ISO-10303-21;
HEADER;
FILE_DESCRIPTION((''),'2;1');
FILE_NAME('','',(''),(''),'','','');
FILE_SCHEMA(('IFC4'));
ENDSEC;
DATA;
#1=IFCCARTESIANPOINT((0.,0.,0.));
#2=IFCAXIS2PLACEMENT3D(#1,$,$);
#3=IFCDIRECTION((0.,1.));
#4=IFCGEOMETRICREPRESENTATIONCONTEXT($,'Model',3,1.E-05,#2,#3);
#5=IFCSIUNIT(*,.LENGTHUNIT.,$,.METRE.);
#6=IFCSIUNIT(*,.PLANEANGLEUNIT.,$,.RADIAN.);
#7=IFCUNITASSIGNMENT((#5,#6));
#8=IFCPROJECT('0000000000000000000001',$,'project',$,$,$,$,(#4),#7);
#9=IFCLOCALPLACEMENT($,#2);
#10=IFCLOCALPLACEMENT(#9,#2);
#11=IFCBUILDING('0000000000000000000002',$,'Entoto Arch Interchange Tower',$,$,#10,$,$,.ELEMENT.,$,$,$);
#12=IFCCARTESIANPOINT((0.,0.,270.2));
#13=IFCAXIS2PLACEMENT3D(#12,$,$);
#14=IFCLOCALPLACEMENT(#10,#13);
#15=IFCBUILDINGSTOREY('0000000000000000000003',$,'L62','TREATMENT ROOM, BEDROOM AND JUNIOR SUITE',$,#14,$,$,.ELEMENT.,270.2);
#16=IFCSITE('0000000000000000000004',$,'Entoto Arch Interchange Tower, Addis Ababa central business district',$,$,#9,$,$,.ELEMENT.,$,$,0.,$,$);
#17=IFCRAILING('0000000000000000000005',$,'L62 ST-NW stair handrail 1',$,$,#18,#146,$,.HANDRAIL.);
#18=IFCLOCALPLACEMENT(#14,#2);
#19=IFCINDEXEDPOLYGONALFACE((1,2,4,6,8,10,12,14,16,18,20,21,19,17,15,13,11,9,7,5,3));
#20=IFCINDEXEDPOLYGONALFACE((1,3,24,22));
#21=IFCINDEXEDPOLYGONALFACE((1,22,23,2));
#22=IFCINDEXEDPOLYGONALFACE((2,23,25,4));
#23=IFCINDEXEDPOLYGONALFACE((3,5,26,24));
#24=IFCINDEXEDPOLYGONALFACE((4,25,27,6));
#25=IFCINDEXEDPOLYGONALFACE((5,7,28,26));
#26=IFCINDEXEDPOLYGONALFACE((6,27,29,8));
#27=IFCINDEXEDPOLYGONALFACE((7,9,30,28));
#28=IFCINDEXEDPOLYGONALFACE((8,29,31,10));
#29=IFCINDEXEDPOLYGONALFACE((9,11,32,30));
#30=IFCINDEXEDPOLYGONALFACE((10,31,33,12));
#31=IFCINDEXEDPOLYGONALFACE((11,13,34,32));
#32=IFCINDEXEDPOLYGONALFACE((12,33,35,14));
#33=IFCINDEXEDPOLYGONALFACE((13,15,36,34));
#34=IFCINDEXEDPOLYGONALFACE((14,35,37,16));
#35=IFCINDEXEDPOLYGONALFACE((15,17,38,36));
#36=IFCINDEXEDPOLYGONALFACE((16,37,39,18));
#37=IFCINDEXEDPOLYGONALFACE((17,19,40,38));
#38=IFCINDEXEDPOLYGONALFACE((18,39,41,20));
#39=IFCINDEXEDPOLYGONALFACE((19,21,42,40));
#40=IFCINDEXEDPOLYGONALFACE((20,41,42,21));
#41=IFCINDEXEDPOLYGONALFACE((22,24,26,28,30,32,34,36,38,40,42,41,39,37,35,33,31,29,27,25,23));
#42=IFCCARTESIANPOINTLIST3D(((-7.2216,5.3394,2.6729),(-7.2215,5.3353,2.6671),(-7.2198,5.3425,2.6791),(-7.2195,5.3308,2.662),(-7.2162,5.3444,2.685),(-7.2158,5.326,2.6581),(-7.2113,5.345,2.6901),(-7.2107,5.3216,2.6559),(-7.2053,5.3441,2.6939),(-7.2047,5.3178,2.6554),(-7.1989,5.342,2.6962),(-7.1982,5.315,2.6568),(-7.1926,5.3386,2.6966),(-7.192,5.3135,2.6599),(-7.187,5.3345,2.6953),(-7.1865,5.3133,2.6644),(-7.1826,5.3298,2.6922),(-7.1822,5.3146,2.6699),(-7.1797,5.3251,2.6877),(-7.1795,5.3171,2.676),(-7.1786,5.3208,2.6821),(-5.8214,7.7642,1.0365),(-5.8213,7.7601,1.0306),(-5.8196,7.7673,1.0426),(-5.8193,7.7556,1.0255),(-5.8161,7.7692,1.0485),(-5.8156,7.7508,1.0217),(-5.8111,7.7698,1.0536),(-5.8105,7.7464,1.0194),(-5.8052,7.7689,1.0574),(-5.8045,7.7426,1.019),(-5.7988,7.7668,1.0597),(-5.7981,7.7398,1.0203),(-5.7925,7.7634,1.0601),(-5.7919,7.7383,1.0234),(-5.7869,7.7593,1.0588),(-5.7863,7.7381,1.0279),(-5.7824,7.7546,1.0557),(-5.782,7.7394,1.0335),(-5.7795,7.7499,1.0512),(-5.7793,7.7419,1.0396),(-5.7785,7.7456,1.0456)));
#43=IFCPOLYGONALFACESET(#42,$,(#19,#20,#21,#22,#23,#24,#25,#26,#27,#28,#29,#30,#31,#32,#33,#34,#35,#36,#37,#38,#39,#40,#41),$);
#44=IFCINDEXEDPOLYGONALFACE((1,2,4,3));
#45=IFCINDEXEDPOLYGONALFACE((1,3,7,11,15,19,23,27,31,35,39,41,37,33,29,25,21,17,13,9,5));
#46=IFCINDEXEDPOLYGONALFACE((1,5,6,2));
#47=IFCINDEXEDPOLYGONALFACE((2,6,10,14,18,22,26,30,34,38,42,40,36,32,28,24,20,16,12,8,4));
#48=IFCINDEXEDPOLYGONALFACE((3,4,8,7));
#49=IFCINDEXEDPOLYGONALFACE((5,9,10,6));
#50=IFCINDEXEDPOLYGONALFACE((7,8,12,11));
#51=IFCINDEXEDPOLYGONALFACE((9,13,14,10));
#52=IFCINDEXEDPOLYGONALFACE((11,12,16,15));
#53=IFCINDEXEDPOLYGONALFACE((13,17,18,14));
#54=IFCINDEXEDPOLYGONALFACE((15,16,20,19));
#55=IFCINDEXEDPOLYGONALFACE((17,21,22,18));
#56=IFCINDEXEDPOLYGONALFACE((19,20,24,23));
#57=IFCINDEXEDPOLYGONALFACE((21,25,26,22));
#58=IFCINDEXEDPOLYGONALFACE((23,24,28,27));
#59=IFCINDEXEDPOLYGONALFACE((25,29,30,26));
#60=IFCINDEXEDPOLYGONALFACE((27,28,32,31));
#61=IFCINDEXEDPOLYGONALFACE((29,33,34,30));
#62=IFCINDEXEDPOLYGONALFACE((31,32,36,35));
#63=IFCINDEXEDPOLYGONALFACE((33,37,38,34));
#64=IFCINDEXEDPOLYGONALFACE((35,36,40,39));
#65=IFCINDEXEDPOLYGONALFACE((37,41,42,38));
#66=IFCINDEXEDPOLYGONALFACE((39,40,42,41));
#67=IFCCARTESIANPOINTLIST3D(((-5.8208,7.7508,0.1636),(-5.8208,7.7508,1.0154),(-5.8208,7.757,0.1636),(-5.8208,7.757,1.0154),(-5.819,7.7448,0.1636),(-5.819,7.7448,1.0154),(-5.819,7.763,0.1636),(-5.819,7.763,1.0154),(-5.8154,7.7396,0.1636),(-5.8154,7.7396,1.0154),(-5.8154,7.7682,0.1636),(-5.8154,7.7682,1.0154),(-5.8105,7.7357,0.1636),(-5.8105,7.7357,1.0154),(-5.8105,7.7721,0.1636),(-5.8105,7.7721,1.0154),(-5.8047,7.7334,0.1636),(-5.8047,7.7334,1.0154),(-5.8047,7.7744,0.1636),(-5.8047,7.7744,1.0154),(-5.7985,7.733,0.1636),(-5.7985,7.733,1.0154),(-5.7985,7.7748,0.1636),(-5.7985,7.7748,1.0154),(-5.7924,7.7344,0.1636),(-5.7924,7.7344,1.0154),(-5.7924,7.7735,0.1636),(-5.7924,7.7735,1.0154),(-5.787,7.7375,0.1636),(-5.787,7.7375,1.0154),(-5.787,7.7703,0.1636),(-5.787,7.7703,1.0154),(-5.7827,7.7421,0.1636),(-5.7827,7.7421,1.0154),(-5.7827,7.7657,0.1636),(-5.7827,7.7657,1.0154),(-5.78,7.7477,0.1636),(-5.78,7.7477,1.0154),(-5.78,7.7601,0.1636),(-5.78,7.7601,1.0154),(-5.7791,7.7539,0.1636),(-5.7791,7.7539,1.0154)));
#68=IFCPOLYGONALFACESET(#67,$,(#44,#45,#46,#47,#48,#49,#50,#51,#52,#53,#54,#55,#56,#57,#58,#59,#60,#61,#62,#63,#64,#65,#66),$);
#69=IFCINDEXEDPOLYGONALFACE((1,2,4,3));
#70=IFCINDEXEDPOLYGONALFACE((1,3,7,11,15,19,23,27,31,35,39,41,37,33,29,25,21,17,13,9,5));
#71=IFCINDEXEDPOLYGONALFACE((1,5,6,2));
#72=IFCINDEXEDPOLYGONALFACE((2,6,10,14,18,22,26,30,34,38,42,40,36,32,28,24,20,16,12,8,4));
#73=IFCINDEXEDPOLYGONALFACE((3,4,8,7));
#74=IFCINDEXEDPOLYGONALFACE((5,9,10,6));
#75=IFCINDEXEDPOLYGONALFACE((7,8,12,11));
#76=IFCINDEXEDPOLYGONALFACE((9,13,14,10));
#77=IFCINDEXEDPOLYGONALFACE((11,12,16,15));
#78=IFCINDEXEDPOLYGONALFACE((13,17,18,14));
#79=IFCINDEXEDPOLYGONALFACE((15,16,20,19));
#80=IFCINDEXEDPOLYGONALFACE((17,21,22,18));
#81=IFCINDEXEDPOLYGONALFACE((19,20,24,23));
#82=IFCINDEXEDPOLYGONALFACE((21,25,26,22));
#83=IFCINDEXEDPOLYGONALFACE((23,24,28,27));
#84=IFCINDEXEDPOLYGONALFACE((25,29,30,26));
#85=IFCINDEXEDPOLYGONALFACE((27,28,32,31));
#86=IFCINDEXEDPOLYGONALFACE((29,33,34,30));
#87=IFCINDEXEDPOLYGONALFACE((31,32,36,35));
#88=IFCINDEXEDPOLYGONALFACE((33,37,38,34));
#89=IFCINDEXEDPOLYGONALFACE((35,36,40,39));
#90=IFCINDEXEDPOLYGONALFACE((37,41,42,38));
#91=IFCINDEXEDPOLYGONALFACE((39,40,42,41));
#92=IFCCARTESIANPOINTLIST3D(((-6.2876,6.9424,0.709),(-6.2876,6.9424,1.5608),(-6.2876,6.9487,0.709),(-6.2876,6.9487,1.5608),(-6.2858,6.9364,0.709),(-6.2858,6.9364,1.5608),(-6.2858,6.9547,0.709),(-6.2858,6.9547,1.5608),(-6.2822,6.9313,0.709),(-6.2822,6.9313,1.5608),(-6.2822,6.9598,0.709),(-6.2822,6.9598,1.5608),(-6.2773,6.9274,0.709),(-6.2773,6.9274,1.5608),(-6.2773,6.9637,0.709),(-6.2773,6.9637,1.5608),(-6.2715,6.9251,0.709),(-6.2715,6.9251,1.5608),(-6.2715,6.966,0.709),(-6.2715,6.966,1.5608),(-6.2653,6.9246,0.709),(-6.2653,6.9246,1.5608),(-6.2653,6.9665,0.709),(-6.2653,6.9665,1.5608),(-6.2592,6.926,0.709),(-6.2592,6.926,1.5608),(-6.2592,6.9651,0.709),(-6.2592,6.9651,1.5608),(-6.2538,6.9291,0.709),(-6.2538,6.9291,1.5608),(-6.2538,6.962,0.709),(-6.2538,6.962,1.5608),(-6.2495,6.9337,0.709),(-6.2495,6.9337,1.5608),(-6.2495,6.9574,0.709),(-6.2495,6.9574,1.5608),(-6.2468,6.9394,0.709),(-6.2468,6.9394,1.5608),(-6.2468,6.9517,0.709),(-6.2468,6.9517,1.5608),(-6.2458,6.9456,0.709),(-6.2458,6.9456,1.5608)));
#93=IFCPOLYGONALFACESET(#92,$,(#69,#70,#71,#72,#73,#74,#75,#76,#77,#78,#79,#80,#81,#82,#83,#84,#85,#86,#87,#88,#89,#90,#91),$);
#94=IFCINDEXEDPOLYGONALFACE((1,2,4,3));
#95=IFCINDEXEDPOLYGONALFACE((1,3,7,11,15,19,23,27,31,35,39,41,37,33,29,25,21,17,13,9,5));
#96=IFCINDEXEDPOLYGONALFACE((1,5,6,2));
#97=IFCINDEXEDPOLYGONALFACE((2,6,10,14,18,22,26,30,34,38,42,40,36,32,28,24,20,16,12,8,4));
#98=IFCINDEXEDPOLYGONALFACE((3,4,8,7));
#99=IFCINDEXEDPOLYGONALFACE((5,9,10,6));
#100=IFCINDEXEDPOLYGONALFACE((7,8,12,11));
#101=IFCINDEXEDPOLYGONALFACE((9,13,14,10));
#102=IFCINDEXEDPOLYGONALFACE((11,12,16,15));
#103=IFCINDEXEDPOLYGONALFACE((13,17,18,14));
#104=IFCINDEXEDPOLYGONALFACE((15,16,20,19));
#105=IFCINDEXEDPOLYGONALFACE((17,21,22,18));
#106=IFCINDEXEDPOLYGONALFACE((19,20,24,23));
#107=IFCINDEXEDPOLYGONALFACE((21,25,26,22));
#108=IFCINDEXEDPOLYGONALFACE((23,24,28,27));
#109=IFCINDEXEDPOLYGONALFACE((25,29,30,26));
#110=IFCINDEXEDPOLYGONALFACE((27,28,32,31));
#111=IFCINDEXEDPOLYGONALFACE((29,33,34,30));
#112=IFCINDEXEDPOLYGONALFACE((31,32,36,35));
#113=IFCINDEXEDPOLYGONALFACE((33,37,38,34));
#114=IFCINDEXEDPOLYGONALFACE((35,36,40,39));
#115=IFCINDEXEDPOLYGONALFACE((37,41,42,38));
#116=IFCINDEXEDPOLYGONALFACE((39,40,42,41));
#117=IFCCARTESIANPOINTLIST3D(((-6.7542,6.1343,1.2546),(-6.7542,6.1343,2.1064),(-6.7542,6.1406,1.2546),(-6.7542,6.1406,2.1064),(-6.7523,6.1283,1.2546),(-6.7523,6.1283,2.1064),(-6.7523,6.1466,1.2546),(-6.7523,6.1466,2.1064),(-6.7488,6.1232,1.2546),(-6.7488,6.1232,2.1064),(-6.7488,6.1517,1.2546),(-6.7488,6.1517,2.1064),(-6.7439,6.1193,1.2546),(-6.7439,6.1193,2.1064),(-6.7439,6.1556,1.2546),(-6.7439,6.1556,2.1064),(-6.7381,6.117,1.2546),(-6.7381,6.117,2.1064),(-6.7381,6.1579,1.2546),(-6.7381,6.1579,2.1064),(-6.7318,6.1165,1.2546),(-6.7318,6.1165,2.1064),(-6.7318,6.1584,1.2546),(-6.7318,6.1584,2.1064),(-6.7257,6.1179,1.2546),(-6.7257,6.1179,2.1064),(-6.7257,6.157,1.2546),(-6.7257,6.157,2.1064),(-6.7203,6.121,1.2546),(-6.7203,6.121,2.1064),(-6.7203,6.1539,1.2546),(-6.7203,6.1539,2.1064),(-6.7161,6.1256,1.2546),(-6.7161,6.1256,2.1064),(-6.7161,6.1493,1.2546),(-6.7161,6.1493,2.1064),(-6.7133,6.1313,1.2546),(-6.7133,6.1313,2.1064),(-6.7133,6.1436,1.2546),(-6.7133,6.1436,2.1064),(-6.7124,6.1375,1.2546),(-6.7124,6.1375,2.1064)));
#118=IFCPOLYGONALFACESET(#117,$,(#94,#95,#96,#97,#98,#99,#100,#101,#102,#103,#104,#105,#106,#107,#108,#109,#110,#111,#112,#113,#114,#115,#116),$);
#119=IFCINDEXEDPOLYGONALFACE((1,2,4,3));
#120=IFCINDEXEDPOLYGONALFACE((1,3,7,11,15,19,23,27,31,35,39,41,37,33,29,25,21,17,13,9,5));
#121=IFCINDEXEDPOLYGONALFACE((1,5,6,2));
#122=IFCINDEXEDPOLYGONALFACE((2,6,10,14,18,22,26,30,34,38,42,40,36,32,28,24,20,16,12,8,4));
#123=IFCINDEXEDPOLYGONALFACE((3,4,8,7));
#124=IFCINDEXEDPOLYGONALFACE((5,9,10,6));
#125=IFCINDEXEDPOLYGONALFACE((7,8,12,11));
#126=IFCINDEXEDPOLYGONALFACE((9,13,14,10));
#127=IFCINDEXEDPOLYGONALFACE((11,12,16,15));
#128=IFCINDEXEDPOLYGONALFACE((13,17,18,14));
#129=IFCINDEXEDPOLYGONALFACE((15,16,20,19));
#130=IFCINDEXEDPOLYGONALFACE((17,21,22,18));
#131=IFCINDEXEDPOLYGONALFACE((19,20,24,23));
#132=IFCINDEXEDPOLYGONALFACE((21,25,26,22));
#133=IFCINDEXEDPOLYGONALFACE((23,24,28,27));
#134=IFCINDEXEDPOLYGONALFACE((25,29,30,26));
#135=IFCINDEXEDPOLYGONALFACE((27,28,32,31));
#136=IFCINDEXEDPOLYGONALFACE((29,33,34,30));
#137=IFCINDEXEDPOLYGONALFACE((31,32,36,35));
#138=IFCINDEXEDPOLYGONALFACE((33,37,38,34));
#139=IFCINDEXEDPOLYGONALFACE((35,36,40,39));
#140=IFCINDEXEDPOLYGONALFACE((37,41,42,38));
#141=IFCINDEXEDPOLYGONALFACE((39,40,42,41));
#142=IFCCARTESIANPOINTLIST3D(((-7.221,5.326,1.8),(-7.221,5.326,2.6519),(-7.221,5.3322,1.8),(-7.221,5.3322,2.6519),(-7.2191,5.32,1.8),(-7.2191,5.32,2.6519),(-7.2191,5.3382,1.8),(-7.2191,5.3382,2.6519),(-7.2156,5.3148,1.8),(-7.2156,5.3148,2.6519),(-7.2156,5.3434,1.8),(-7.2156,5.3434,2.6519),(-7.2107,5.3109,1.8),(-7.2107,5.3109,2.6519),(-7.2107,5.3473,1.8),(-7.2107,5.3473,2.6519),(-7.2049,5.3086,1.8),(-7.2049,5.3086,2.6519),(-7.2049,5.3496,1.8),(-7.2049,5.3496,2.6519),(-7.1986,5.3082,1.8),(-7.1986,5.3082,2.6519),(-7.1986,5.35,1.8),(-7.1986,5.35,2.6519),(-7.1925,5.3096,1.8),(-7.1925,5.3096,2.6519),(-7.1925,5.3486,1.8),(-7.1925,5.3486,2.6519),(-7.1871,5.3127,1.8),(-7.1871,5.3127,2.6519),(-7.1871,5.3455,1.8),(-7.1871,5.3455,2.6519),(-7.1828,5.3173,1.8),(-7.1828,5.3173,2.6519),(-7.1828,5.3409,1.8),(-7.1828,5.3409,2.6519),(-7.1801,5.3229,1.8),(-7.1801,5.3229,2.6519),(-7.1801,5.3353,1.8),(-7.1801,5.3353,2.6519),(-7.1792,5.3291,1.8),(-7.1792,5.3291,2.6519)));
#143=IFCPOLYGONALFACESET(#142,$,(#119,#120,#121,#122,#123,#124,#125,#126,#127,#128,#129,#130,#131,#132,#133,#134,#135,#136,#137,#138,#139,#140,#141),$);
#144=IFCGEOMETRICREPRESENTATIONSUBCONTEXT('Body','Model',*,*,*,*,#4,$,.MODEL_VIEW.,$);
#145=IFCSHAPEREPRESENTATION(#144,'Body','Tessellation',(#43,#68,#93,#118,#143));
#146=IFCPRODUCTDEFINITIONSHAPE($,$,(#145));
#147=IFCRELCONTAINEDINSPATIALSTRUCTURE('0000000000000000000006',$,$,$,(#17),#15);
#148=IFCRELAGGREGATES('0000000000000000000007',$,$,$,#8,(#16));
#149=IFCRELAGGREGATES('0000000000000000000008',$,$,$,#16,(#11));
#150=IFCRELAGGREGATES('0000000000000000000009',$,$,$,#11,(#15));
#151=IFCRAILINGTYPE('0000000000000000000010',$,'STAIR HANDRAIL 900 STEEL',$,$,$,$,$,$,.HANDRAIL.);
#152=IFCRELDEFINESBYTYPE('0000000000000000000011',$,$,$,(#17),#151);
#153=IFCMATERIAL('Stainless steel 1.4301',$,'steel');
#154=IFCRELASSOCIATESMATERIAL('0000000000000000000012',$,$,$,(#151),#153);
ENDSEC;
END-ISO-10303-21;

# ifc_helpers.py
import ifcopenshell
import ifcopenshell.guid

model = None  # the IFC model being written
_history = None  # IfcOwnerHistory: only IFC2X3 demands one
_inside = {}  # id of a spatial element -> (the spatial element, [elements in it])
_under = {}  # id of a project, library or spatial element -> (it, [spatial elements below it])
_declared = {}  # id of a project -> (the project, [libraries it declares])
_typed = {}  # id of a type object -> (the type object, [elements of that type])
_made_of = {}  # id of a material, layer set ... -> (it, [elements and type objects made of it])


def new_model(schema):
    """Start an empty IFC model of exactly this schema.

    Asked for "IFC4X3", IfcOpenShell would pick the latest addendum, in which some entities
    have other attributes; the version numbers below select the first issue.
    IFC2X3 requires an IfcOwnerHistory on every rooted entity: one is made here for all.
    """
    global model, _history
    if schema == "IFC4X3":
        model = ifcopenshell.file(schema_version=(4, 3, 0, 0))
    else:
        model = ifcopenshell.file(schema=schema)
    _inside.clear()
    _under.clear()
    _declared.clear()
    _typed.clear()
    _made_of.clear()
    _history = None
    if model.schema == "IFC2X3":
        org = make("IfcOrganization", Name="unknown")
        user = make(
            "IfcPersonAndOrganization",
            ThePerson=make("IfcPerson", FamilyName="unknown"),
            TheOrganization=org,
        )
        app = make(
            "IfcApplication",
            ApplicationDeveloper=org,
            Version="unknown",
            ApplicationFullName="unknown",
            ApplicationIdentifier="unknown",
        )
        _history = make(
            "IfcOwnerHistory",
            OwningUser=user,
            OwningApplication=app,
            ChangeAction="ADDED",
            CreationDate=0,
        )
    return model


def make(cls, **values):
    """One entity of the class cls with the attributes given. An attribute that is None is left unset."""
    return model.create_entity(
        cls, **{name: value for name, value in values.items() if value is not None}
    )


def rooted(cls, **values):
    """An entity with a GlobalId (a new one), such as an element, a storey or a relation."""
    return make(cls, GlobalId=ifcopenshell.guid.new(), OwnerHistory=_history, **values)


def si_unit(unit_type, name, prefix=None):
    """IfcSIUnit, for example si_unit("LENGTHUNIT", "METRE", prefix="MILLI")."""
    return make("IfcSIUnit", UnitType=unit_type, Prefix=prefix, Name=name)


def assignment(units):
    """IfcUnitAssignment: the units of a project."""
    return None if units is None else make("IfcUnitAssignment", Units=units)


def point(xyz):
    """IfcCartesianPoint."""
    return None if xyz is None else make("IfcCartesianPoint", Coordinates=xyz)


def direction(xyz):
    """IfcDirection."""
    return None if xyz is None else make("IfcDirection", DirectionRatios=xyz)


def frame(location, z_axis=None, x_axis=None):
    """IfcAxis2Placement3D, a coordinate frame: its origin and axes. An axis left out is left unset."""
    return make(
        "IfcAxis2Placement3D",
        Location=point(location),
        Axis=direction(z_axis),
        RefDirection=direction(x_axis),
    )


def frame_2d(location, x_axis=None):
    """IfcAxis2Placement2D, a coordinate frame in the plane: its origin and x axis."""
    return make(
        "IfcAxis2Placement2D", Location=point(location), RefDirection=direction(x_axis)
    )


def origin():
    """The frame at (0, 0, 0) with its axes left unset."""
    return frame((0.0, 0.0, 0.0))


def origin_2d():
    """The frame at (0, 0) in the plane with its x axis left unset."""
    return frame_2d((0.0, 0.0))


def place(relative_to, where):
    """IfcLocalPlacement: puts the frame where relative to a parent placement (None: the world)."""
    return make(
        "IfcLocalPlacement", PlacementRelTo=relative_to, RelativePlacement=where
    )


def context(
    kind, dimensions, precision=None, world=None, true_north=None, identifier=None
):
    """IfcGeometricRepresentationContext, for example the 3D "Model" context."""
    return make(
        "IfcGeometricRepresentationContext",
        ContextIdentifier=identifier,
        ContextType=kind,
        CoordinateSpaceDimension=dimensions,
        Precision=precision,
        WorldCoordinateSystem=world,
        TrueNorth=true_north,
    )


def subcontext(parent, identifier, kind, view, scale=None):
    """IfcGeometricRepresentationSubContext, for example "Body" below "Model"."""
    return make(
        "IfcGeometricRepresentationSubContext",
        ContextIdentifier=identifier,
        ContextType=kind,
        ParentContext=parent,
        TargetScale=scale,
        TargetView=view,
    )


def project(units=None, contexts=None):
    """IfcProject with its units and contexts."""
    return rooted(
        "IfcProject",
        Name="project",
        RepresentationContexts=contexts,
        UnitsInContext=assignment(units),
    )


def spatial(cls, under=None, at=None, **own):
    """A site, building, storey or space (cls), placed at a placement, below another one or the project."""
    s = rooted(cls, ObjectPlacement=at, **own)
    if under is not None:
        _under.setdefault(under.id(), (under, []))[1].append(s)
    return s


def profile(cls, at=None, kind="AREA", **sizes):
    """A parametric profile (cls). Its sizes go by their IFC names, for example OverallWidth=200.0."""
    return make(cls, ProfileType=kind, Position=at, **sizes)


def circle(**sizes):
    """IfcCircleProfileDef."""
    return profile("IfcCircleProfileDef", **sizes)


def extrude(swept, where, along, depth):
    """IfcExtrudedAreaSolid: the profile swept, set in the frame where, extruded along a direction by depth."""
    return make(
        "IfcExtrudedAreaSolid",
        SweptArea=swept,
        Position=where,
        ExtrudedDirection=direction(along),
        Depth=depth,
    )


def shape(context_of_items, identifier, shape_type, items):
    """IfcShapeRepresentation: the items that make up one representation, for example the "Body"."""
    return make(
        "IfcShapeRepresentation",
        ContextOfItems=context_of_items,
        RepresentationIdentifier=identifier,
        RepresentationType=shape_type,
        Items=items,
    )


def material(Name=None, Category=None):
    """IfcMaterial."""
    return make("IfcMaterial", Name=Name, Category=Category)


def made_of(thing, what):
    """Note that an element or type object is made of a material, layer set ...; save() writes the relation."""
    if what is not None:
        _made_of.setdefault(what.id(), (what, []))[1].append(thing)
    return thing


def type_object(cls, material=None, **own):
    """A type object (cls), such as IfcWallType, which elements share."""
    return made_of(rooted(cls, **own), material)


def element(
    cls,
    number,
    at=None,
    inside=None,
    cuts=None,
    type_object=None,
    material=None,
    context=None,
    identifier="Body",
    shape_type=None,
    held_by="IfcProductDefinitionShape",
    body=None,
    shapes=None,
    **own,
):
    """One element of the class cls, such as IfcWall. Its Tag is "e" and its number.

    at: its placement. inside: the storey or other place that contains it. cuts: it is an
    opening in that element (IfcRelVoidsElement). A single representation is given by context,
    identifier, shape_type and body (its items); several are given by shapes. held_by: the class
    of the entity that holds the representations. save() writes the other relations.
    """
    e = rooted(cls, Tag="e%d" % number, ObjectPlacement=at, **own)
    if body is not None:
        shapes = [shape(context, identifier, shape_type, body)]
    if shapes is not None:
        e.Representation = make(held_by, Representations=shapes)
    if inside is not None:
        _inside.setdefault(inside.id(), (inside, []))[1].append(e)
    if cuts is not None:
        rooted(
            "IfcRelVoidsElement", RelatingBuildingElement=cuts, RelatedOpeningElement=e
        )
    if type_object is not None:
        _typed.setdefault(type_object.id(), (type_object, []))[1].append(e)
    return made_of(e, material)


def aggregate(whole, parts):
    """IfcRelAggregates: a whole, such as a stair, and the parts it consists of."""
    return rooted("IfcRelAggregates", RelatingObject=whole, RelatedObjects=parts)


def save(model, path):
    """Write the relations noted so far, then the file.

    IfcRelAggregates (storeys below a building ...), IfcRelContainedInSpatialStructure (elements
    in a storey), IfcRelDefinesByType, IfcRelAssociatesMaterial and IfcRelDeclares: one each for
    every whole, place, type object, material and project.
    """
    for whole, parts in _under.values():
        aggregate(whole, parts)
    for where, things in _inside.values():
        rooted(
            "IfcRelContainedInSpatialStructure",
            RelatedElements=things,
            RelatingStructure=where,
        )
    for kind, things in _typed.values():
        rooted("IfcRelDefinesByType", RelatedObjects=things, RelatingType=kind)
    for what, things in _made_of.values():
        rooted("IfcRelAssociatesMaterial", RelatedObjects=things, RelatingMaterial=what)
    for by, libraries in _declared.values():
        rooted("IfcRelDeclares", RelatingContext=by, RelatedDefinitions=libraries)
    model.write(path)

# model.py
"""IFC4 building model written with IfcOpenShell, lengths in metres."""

from ifc_helpers import new_model, si_unit, direction, frame, origin, origin_2d, place, context, subcontext, project, spatial, circle, extrude, material, type_object, element, save


model = new_model("IFC4")

# Units and contexts
model_context = context("Model", 3, precision=1e-05, world=origin(), true_north=direction((0.0, 1.0)))
body_context = subcontext(model_context, "Body", "Model", "MODEL_VIEW")
ifc_project = project(units=[si_unit("LENGTHUNIT", "METRE"), si_unit("PLANEANGLEUNIT", "RADIAN")], contexts=[model_context])

# Site, building, storey
site_placement = place(None, origin())
site = spatial("IfcSite", under=ifc_project, at=site_placement, Name="Entoto Arch Interchange Tower, Addis Ababa central business district", CompositionType="ELEMENT", RefElevation=0.0)
building_placement = place(site_placement, origin())
building = spatial("IfcBuilding", under=site, at=building_placement, Name="Entoto Arch Interchange Tower", CompositionType="ELEMENT")
storey_placement = place(building_placement, frame((0.0, 0.0, 270.2)))
storey = spatial("IfcBuildingStorey", under=building, at=storey_placement, Name="L62", Description="TREATMENT ROOM, BEDROOM AND JUNIOR SUITE", CompositionType="ELEMENT", Elevation=270.2)

# Railing
ifc_material_1 = material(Name="Stainless steel 1.4301", Category="steel")
railing_type_1 = type_object("IfcRailingType", Name="STAIR HANDRAIL 900 STEEL", PredefinedType="HANDRAIL", material=ifc_material_1)
railing_1_placement = place(storey_placement, frame((-5.8, 7.7539, 0.1636)))
element("IfcRailing", 1, at=railing_1_placement, inside=storey, type_object=railing_type_1, Name="L62 ST-NW stair handrail 1", PredefinedType="HANDRAIL", context=body_context, shape_type="SweptSolid", body=[
    extrude(circle(Radius=0.0239, at=origin_2d()), frame((0.0, 0.0, 0.876), z_axis=(-0.431722, -0.747666, 0.504591), x_axis=(0.865997, -0.50005, 0.0)), (0.0, 0.0, 1.0), 3.2432),
    extrude(circle(Radius=0.021, at=origin_2d()), origin(), (0.0, 0.0, 1.0), 0.8518),
    extrude(circle(Radius=0.021, at=origin_2d()), frame((-0.4668, -0.8083, 0.5454)), (0.0, 0.0, 1.0), 0.8518),
    extrude(circle(Radius=0.021, at=origin_2d()), frame((-0.9333, -1.6165, 1.0911)), (0.0, 0.0, 1.0), 0.8518),
    extrude(circle(Radius=0.021, at=origin_2d()), frame((-1.4001, -2.4248, 1.6365)), (0.0, 0.0, 1.0), 0.8518),
])

save(model, "model.ifc")
